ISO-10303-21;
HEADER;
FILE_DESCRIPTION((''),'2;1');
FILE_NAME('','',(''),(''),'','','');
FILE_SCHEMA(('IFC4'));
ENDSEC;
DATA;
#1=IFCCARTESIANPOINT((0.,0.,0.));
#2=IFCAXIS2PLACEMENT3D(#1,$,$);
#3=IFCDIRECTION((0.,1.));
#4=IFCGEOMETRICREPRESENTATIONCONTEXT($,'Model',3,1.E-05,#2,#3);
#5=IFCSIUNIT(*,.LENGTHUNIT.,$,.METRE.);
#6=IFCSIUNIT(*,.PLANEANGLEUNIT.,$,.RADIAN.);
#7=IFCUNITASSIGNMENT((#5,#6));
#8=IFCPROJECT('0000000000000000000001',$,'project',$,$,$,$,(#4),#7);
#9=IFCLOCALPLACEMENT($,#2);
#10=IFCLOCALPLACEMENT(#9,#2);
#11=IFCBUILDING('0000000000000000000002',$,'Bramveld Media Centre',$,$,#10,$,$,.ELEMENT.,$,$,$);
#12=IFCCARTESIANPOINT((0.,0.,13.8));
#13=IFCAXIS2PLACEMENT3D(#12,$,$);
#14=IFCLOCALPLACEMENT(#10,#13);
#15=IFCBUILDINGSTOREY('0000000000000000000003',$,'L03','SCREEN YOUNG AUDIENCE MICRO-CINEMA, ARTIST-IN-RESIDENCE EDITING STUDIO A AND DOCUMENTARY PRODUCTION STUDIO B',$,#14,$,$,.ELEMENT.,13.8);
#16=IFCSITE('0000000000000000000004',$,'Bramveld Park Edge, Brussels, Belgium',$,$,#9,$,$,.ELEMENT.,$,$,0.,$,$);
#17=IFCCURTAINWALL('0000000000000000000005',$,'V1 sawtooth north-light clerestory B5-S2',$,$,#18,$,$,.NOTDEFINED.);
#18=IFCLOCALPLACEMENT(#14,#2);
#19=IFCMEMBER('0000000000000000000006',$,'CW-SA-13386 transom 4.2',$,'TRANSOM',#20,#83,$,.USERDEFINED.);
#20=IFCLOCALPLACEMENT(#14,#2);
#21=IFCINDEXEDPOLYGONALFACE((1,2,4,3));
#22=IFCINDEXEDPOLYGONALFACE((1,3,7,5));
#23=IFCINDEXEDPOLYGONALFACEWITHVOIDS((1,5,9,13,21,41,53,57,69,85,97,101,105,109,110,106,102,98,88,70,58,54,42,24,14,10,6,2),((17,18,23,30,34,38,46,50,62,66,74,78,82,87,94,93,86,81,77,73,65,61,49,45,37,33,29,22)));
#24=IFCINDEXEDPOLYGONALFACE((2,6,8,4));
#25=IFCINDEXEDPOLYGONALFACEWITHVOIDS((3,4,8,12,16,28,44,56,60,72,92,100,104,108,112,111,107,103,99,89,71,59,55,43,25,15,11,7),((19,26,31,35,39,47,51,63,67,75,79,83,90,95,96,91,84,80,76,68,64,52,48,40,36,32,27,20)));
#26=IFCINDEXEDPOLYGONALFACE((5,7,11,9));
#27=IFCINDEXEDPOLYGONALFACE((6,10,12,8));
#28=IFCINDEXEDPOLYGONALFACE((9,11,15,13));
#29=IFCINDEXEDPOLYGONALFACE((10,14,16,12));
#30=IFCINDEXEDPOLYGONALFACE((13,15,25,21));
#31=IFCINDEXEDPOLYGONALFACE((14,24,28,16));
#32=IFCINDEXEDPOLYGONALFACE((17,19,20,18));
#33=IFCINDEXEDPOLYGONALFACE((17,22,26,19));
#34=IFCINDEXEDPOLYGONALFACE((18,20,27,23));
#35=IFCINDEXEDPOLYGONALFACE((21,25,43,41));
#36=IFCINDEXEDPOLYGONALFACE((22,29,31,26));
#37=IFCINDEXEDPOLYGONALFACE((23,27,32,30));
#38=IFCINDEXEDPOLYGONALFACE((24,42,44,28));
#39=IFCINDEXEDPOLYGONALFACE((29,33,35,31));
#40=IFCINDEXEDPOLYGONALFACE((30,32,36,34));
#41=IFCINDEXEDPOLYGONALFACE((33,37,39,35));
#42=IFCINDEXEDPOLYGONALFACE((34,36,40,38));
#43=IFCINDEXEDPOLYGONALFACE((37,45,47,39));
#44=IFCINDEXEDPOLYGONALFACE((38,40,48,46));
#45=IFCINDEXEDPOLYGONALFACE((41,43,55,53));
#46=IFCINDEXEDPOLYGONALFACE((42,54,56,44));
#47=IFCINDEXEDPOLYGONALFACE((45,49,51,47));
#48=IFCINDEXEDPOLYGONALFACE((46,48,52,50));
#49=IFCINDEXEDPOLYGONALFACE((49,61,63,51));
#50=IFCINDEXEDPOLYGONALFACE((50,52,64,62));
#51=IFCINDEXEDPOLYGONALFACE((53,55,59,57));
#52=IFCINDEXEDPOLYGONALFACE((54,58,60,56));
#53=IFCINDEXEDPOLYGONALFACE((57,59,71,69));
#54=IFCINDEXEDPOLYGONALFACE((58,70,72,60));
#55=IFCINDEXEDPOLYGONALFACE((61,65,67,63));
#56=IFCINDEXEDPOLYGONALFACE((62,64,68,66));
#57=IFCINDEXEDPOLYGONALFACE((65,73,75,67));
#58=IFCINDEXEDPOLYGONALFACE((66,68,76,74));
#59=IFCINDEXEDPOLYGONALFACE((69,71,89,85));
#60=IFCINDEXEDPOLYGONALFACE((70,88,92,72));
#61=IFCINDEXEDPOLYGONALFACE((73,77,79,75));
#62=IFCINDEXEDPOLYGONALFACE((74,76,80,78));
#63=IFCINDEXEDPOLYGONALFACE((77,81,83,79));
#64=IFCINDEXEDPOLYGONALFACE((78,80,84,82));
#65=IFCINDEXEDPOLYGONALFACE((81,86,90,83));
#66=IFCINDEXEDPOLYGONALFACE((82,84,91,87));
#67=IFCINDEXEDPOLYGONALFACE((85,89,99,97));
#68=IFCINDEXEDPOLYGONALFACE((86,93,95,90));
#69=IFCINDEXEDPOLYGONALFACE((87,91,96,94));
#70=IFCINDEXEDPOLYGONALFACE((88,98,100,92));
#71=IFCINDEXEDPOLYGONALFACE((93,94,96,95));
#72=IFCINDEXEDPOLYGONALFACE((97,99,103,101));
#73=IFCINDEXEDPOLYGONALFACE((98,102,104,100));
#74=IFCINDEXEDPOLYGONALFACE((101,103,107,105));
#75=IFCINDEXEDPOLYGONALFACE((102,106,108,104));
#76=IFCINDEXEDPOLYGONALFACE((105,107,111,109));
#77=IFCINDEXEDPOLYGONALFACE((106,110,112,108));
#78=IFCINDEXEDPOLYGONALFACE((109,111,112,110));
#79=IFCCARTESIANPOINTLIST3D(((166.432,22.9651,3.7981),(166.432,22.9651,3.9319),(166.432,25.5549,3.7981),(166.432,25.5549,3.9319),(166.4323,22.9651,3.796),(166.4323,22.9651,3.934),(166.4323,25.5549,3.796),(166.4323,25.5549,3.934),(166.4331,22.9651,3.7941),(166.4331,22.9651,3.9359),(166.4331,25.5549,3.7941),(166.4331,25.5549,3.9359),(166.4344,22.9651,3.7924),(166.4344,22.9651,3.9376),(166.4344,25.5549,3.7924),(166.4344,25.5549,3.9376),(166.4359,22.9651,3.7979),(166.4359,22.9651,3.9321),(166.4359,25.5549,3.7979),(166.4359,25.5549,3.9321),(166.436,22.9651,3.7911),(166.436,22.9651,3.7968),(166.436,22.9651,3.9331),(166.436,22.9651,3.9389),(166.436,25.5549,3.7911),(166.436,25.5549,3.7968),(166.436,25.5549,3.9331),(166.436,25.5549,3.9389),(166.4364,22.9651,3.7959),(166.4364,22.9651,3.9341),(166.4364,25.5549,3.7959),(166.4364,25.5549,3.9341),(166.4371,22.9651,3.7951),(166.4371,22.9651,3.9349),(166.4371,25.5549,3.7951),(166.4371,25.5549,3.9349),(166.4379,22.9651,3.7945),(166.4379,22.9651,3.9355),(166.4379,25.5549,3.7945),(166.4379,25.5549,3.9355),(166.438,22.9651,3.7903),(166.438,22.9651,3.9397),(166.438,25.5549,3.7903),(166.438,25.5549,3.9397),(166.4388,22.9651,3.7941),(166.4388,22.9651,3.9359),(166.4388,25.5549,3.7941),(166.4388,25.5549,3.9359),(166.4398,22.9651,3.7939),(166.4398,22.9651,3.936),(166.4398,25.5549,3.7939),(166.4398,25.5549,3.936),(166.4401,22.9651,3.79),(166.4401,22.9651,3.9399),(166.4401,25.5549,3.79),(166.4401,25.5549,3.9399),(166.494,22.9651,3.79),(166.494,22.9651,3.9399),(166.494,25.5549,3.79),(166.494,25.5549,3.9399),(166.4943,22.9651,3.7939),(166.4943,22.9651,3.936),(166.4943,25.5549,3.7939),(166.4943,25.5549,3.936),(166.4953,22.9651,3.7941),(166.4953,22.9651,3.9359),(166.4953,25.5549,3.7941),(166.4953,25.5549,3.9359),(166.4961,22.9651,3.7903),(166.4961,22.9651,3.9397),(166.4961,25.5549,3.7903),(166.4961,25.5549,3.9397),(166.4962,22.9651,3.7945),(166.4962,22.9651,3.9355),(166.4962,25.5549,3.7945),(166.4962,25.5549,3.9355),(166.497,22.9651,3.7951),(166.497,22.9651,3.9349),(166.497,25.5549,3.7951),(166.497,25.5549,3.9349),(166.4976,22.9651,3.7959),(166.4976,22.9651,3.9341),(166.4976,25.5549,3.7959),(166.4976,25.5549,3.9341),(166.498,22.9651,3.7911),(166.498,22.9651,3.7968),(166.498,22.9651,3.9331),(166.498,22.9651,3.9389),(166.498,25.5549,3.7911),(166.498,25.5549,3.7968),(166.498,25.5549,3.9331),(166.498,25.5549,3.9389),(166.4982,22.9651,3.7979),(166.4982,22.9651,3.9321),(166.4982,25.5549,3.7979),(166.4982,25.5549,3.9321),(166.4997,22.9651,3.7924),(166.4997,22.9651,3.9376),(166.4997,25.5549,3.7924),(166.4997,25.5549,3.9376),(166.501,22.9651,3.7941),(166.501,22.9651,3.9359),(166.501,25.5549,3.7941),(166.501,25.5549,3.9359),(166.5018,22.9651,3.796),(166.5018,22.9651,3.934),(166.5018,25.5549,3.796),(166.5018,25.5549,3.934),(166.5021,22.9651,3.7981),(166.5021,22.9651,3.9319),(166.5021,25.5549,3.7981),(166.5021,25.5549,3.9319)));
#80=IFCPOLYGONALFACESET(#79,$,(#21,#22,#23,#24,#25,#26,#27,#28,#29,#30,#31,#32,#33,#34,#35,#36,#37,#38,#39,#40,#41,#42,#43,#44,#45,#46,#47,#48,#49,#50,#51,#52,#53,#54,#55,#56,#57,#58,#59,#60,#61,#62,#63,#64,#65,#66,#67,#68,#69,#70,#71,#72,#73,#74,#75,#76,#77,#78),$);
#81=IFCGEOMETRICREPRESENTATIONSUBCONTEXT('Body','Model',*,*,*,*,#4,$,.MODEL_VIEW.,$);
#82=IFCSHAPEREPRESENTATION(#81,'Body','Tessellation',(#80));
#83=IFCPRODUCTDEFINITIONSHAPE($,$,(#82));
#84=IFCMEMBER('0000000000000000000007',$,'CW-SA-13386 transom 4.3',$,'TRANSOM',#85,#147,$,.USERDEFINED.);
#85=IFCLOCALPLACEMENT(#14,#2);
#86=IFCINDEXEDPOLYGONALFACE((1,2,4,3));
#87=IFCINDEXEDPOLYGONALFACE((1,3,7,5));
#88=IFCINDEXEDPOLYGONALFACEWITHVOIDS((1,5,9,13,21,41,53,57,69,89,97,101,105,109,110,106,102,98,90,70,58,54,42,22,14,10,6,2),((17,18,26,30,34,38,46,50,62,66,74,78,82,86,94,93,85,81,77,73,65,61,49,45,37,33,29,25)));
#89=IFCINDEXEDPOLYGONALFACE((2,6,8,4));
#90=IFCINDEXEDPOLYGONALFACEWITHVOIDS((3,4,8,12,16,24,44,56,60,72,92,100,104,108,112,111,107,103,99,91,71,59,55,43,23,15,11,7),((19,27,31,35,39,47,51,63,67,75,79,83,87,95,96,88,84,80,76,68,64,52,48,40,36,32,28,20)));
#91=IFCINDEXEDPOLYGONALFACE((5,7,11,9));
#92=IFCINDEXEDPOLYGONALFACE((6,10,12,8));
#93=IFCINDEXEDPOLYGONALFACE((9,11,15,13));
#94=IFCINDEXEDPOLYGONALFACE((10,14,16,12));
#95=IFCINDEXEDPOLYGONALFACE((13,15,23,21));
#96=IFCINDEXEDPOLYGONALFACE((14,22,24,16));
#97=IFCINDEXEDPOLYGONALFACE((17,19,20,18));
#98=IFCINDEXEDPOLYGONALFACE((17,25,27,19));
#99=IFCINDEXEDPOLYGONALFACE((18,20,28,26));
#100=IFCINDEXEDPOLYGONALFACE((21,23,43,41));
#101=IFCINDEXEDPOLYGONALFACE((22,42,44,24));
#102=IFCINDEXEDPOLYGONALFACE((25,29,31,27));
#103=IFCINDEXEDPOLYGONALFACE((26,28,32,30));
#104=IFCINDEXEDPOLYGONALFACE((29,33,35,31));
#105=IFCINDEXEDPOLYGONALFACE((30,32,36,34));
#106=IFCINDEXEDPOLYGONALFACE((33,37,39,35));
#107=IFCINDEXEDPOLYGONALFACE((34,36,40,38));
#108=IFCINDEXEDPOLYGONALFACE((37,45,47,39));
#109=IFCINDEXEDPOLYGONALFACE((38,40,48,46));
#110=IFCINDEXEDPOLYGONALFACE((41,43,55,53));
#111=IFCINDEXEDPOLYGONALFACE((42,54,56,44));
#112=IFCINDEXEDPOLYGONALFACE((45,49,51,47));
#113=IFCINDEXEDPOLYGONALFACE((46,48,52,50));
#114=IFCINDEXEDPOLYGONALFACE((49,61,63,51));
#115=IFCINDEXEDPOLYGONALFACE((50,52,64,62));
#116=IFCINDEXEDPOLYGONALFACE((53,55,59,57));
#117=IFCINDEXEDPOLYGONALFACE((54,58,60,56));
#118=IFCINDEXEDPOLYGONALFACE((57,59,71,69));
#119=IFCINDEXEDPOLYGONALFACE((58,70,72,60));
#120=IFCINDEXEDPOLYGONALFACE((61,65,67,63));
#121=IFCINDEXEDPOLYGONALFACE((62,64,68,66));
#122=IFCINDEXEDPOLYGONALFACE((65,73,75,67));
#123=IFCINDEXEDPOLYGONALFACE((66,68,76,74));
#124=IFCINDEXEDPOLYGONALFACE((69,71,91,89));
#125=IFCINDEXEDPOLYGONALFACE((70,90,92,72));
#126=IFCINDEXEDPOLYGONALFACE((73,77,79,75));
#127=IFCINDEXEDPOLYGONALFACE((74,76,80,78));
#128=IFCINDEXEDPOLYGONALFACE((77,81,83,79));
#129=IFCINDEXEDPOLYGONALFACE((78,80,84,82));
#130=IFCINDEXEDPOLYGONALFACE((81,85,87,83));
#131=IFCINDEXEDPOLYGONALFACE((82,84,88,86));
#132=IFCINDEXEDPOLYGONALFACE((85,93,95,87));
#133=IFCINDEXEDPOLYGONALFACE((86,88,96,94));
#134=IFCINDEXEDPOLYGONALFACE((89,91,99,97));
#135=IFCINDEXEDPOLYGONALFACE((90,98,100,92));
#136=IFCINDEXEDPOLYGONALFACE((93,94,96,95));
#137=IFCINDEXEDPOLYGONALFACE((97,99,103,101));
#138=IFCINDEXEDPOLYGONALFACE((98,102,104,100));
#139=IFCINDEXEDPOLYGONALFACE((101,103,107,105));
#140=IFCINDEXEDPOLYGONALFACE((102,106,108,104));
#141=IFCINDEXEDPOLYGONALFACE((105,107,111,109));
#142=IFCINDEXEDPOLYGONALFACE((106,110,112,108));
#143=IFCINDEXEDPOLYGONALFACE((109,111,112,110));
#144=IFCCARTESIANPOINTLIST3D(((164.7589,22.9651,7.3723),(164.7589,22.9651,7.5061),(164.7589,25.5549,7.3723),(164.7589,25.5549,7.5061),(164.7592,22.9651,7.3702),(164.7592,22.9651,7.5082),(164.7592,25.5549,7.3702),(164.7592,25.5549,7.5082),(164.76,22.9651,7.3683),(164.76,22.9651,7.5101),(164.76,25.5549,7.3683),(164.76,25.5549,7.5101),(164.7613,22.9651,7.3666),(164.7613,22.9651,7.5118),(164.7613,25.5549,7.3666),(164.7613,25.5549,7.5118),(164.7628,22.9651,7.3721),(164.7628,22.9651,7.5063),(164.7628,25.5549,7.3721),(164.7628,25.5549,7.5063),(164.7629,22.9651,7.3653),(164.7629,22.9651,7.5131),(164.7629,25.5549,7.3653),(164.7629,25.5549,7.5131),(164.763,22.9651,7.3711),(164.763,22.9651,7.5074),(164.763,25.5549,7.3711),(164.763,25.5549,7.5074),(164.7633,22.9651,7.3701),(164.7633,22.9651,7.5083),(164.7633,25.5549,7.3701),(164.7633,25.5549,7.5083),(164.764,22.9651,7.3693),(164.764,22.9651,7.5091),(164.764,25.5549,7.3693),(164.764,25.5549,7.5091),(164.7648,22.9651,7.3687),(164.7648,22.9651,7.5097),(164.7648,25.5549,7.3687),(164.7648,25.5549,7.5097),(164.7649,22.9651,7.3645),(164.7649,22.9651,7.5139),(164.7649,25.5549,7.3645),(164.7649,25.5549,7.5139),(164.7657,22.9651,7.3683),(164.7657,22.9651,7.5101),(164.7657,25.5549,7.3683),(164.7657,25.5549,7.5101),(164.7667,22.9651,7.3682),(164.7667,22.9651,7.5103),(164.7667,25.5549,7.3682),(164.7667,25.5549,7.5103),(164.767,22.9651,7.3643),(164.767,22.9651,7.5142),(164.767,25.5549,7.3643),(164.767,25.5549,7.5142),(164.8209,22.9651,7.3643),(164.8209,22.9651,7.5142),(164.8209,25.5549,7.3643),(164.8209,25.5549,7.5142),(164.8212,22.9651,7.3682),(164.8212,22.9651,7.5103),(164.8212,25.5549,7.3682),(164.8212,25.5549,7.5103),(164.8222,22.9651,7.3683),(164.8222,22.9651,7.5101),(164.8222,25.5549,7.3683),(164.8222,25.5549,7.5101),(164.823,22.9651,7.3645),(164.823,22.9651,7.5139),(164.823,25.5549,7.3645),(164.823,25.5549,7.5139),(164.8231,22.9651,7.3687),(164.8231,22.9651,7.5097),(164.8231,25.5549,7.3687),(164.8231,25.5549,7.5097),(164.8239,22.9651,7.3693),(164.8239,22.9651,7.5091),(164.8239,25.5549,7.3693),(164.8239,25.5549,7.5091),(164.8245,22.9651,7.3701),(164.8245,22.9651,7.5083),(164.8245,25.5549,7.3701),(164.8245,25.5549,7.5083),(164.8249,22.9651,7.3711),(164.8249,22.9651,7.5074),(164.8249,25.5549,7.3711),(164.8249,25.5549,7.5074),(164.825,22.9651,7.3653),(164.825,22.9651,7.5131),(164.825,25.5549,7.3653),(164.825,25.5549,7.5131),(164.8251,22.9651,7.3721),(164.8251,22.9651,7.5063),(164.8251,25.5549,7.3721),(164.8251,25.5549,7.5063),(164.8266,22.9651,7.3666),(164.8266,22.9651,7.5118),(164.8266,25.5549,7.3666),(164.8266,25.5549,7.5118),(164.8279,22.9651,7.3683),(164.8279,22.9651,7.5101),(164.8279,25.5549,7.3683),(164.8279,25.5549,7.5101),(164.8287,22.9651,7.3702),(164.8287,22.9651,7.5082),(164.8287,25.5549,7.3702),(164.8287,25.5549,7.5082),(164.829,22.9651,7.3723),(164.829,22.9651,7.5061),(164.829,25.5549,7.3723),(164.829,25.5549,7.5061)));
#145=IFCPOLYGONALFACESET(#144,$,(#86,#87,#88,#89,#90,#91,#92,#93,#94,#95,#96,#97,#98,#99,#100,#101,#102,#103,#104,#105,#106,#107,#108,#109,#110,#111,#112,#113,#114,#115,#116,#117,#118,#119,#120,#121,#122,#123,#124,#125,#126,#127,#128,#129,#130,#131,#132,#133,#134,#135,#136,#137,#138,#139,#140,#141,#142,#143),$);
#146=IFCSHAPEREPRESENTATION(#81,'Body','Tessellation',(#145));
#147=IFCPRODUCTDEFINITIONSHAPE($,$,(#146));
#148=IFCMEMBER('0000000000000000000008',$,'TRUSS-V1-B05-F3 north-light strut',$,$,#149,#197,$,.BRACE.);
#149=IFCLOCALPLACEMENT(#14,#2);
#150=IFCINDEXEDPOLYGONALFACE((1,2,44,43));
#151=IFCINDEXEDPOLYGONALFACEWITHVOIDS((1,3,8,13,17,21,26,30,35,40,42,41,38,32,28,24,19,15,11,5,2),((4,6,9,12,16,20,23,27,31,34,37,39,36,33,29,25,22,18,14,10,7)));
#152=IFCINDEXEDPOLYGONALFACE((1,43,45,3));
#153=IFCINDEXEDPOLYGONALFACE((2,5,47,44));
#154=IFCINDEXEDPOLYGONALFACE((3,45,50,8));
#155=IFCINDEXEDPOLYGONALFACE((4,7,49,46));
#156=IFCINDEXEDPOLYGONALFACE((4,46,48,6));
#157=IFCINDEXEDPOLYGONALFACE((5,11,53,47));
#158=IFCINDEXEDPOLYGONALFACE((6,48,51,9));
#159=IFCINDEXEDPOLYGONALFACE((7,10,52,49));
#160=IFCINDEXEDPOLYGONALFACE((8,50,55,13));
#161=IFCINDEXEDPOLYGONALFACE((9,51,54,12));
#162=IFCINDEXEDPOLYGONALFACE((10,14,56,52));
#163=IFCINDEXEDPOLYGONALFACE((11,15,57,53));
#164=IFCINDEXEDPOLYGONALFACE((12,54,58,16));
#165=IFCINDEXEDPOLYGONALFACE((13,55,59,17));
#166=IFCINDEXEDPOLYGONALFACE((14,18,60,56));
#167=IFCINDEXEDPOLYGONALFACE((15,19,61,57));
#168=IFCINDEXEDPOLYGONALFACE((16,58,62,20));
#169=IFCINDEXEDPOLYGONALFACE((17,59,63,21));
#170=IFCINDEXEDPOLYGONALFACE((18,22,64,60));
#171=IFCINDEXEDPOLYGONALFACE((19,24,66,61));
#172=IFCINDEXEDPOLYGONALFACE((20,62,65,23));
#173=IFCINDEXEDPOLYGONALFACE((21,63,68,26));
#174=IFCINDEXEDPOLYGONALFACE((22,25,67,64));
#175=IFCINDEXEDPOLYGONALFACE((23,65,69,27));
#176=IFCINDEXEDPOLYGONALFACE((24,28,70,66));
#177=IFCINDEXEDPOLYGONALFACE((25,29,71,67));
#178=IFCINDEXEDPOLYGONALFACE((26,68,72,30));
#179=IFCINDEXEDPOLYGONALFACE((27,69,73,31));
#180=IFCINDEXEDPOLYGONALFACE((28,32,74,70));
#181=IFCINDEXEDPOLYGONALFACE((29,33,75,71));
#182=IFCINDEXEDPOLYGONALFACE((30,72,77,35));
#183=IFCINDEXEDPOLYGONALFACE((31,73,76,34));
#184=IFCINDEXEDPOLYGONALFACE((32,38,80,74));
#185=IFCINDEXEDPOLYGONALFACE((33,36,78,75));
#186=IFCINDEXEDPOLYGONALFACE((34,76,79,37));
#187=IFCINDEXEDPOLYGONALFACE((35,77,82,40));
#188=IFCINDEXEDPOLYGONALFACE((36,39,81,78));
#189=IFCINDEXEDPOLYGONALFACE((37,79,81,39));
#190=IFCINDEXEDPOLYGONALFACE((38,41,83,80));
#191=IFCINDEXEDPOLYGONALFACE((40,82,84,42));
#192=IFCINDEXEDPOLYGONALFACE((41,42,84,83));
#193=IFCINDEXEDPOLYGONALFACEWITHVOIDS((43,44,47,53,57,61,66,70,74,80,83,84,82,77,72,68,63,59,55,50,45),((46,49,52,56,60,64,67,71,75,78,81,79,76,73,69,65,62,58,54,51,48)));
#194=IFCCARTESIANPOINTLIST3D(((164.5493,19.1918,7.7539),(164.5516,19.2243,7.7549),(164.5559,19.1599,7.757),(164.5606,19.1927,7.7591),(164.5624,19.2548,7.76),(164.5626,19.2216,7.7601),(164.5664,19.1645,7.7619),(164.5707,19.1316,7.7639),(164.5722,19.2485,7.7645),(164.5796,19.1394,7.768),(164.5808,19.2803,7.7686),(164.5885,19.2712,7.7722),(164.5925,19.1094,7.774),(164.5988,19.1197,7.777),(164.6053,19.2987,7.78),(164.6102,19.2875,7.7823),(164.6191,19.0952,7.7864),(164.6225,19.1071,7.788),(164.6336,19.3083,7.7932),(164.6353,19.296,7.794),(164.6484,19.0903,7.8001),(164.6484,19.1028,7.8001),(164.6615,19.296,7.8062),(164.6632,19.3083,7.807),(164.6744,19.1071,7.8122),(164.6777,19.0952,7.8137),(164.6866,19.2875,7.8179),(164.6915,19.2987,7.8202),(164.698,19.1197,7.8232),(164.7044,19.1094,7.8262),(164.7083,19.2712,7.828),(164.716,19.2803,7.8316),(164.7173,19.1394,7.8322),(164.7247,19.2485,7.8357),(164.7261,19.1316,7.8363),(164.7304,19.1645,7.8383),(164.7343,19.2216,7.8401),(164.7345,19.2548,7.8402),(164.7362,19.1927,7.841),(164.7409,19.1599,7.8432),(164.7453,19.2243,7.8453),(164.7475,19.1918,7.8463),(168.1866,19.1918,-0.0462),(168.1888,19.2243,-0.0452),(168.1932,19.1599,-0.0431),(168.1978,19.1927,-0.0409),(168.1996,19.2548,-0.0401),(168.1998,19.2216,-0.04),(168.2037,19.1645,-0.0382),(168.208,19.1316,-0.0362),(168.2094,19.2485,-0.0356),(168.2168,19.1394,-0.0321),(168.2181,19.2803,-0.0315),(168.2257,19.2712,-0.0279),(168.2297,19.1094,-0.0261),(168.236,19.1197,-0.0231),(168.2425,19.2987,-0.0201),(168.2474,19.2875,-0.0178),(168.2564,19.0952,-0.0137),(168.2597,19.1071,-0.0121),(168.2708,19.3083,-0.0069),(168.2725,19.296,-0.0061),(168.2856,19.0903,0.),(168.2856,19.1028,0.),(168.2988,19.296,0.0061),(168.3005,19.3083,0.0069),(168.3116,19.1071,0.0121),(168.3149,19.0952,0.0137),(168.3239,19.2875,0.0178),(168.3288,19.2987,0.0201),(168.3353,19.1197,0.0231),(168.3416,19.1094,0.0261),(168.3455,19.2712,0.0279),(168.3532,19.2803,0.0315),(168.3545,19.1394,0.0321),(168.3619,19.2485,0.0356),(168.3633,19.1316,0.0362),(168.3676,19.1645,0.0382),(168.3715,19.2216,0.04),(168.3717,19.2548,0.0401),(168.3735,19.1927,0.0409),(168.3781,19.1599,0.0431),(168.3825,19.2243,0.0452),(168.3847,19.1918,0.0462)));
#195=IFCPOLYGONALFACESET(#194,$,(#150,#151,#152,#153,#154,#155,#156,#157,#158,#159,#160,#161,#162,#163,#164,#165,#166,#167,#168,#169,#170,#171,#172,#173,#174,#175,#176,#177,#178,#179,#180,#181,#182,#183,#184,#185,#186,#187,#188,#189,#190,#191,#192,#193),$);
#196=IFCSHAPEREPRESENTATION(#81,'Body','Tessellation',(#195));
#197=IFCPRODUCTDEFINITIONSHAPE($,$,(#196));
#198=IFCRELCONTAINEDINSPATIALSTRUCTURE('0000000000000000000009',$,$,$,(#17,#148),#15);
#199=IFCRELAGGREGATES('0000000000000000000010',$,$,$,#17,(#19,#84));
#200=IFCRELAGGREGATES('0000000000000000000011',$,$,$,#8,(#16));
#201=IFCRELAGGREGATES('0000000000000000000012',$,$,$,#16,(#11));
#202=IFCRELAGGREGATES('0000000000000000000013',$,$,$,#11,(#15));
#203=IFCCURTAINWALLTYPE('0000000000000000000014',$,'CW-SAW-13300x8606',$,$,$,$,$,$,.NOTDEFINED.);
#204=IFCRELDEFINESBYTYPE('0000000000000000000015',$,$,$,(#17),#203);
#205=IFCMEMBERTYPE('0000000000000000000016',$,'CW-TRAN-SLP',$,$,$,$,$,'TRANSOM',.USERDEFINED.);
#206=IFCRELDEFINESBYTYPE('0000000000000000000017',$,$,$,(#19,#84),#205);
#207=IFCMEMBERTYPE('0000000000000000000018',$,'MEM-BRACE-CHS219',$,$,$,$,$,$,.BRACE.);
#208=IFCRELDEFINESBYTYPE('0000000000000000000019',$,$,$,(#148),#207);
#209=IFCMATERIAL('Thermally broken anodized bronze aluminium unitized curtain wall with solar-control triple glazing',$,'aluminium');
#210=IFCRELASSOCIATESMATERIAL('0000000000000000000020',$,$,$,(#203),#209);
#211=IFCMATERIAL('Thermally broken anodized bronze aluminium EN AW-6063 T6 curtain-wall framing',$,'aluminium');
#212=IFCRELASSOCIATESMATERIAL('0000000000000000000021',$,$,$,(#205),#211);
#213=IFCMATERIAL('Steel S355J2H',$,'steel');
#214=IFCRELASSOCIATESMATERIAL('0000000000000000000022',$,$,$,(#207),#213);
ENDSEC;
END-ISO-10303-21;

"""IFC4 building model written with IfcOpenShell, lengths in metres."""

from ifc_helpers import new_model, si_unit, direction, frame, origin, origin_2d, place, context, subcontext, project, spatial, hollow_rectangle, hollow_circle, extrude, material, material_profile, profile_set, type_object, element, aggregate, save


model = new_model("IFC4")

# Units and contexts
model_context = context("Model", 3, precision=1e-05, world=origin(), true_north=direction((0.0, 1.0)))
body_context = subcontext(model_context, "Body", "Model", "MODEL_VIEW")
ifc_project = project(units=[si_unit("LENGTHUNIT", "METRE"), si_unit("PLANEANGLEUNIT", "RADIAN")], contexts=[model_context])

# Site, building, storey
site_placement = place(None, origin())
site = spatial("IfcSite", under=ifc_project, at=site_placement, Name="Bramveld Park Edge, Brussels, Belgium", CompositionType="ELEMENT", RefElevation=0.0)
building_placement = place(site_placement, origin())
building = spatial("IfcBuilding", under=site, at=building_placement, Name="Bramveld Media Centre", CompositionType="ELEMENT")
storey_placement = place(building_placement, frame((0.0, 0.0, 13.8)))
storey = spatial("IfcBuildingStorey", under=building, at=storey_placement, Name="L03", Description="SCREEN YOUNG AUDIENCE MICRO-CINEMA, ARTIST-IN-RESIDENCE EDITING STUDIO A AND DOCUMENTARY PRODUCTION STUDIO B", CompositionType="ELEMENT", Elevation=13.8)

# Curtain wall, members
ifc_material_1 = material(Name="Thermally broken anodized bronze aluminium unitized curtain wall with solar-control triple glazing", Category="aluminium")
curtain_wall_type = type_object("IfcCurtainWallType", Name="CW-SAW-13300x8606", PredefinedType="NOTDEFINED", material=ifc_material_1)
curtain_wall_placement = place(storey_placement, origin())
curtain_wall = element("IfcCurtainWall", 1, at=curtain_wall_placement, inside=storey, type_object=curtain_wall_type, Name="V1 sawtooth north-light clerestory B5-S2", PredefinedType="NOTDEFINED")
ifc_material_2 = material(Name="Thermally broken anodized bronze aluminium EN AW-6063 T6 curtain-wall framing", Category="aluminium")
ifc_material_profile_1 = material_profile(ifc_material_2, hollow_rectangle(XDim=0.0701, YDim=0.1499, WallThickness=0.0039, InnerFilletRadius=0.0039, OuterFilletRadius=0.0081, at=origin_2d()), Name="AL-TRAN 70x150")
ifc_profile_set_1 = profile_set([ifc_material_profile_1], Name="Thermally broken anodized bronze aluminium EN AW-6063 T6 curtain-wall framing")
member_type_1 = type_object("IfcMemberType", Name="CW-TRAN-SLP", ElementType="TRANSOM", PredefinedType="USERDEFINED", material=ifc_profile_set_1)
member_1_placement = place(storey_placement, frame((166.467, 22.9651, 3.865), z_axis=(0.0, 1.0, 0.0), x_axis=(-1.0, 0.0, 0.0)))
member_1 = element("IfcMember", 2, at=member_1_placement, type_object=member_type_1, Name="CW-SA-13386 transom 4.2", ObjectType="TRANSOM", PredefinedType="USERDEFINED", context=body_context, shape_type="SweptSolid", body=[
    extrude(hollow_rectangle(XDim=0.0701, YDim=0.1499, WallThickness=0.0039, InnerFilletRadius=0.0039, OuterFilletRadius=0.0081, at=origin_2d()), origin(), (0.0, 0.0, 1.0), 2.5898),
])
member_2_placement = place(storey_placement, frame((164.7939, 22.9651, 7.4392), z_axis=(0.0, 1.0, 0.0), x_axis=(-1.0, 0.0, 0.0)))
member_2 = element("IfcMember", 3, at=member_2_placement, type_object=member_type_1, Name="CW-SA-13386 transom 4.3", ObjectType="TRANSOM", PredefinedType="USERDEFINED", context=body_context, shape_type="SweptSolid", body=[
    extrude(hollow_rectangle(XDim=0.0701, YDim=0.1499, WallThickness=0.0039, InnerFilletRadius=0.0039, OuterFilletRadius=0.0081, at=origin_2d()), origin(), (0.0, 0.0, 1.0), 2.5898),
])

# Member
ifc_material_3 = material(Name="Steel S355J2H", Category="steel")
ifc_material_profile_2 = material_profile(ifc_material_3, hollow_circle(Radius=0.1096, WallThickness=0.0125, at=origin_2d()), Name="CHS 219.1x12.5")
ifc_profile_set_2 = profile_set([ifc_material_profile_2], Name="Steel S355J2H")
member_type_2 = type_object("IfcMemberType", Name="MEM-BRACE-CHS219", PredefinedType="BRACE", material=ifc_profile_set_2)
member_3_placement = place(storey_placement, frame((168.2856, 19.2, 0.0), z_axis=(-0.422617, 0.0, 0.906308), x_axis=(0.0, -1.0, 0.0)))
element("IfcMember", 4, at=member_3_placement, inside=storey, type_object=member_type_2, Name="TRUSS-V1-B05-F3 north-light strut", PredefinedType="BRACE", context=body_context, shape_type="SweptSolid", body=[
    extrude(hollow_circle(Radius=0.1096, WallThickness=0.0125, at=origin_2d()), origin(), (0.0, 0.0, 1.0), 8.6064),
])

aggregate(curtain_wall, [member_1, member_2])

save(model, "model.ifc")
